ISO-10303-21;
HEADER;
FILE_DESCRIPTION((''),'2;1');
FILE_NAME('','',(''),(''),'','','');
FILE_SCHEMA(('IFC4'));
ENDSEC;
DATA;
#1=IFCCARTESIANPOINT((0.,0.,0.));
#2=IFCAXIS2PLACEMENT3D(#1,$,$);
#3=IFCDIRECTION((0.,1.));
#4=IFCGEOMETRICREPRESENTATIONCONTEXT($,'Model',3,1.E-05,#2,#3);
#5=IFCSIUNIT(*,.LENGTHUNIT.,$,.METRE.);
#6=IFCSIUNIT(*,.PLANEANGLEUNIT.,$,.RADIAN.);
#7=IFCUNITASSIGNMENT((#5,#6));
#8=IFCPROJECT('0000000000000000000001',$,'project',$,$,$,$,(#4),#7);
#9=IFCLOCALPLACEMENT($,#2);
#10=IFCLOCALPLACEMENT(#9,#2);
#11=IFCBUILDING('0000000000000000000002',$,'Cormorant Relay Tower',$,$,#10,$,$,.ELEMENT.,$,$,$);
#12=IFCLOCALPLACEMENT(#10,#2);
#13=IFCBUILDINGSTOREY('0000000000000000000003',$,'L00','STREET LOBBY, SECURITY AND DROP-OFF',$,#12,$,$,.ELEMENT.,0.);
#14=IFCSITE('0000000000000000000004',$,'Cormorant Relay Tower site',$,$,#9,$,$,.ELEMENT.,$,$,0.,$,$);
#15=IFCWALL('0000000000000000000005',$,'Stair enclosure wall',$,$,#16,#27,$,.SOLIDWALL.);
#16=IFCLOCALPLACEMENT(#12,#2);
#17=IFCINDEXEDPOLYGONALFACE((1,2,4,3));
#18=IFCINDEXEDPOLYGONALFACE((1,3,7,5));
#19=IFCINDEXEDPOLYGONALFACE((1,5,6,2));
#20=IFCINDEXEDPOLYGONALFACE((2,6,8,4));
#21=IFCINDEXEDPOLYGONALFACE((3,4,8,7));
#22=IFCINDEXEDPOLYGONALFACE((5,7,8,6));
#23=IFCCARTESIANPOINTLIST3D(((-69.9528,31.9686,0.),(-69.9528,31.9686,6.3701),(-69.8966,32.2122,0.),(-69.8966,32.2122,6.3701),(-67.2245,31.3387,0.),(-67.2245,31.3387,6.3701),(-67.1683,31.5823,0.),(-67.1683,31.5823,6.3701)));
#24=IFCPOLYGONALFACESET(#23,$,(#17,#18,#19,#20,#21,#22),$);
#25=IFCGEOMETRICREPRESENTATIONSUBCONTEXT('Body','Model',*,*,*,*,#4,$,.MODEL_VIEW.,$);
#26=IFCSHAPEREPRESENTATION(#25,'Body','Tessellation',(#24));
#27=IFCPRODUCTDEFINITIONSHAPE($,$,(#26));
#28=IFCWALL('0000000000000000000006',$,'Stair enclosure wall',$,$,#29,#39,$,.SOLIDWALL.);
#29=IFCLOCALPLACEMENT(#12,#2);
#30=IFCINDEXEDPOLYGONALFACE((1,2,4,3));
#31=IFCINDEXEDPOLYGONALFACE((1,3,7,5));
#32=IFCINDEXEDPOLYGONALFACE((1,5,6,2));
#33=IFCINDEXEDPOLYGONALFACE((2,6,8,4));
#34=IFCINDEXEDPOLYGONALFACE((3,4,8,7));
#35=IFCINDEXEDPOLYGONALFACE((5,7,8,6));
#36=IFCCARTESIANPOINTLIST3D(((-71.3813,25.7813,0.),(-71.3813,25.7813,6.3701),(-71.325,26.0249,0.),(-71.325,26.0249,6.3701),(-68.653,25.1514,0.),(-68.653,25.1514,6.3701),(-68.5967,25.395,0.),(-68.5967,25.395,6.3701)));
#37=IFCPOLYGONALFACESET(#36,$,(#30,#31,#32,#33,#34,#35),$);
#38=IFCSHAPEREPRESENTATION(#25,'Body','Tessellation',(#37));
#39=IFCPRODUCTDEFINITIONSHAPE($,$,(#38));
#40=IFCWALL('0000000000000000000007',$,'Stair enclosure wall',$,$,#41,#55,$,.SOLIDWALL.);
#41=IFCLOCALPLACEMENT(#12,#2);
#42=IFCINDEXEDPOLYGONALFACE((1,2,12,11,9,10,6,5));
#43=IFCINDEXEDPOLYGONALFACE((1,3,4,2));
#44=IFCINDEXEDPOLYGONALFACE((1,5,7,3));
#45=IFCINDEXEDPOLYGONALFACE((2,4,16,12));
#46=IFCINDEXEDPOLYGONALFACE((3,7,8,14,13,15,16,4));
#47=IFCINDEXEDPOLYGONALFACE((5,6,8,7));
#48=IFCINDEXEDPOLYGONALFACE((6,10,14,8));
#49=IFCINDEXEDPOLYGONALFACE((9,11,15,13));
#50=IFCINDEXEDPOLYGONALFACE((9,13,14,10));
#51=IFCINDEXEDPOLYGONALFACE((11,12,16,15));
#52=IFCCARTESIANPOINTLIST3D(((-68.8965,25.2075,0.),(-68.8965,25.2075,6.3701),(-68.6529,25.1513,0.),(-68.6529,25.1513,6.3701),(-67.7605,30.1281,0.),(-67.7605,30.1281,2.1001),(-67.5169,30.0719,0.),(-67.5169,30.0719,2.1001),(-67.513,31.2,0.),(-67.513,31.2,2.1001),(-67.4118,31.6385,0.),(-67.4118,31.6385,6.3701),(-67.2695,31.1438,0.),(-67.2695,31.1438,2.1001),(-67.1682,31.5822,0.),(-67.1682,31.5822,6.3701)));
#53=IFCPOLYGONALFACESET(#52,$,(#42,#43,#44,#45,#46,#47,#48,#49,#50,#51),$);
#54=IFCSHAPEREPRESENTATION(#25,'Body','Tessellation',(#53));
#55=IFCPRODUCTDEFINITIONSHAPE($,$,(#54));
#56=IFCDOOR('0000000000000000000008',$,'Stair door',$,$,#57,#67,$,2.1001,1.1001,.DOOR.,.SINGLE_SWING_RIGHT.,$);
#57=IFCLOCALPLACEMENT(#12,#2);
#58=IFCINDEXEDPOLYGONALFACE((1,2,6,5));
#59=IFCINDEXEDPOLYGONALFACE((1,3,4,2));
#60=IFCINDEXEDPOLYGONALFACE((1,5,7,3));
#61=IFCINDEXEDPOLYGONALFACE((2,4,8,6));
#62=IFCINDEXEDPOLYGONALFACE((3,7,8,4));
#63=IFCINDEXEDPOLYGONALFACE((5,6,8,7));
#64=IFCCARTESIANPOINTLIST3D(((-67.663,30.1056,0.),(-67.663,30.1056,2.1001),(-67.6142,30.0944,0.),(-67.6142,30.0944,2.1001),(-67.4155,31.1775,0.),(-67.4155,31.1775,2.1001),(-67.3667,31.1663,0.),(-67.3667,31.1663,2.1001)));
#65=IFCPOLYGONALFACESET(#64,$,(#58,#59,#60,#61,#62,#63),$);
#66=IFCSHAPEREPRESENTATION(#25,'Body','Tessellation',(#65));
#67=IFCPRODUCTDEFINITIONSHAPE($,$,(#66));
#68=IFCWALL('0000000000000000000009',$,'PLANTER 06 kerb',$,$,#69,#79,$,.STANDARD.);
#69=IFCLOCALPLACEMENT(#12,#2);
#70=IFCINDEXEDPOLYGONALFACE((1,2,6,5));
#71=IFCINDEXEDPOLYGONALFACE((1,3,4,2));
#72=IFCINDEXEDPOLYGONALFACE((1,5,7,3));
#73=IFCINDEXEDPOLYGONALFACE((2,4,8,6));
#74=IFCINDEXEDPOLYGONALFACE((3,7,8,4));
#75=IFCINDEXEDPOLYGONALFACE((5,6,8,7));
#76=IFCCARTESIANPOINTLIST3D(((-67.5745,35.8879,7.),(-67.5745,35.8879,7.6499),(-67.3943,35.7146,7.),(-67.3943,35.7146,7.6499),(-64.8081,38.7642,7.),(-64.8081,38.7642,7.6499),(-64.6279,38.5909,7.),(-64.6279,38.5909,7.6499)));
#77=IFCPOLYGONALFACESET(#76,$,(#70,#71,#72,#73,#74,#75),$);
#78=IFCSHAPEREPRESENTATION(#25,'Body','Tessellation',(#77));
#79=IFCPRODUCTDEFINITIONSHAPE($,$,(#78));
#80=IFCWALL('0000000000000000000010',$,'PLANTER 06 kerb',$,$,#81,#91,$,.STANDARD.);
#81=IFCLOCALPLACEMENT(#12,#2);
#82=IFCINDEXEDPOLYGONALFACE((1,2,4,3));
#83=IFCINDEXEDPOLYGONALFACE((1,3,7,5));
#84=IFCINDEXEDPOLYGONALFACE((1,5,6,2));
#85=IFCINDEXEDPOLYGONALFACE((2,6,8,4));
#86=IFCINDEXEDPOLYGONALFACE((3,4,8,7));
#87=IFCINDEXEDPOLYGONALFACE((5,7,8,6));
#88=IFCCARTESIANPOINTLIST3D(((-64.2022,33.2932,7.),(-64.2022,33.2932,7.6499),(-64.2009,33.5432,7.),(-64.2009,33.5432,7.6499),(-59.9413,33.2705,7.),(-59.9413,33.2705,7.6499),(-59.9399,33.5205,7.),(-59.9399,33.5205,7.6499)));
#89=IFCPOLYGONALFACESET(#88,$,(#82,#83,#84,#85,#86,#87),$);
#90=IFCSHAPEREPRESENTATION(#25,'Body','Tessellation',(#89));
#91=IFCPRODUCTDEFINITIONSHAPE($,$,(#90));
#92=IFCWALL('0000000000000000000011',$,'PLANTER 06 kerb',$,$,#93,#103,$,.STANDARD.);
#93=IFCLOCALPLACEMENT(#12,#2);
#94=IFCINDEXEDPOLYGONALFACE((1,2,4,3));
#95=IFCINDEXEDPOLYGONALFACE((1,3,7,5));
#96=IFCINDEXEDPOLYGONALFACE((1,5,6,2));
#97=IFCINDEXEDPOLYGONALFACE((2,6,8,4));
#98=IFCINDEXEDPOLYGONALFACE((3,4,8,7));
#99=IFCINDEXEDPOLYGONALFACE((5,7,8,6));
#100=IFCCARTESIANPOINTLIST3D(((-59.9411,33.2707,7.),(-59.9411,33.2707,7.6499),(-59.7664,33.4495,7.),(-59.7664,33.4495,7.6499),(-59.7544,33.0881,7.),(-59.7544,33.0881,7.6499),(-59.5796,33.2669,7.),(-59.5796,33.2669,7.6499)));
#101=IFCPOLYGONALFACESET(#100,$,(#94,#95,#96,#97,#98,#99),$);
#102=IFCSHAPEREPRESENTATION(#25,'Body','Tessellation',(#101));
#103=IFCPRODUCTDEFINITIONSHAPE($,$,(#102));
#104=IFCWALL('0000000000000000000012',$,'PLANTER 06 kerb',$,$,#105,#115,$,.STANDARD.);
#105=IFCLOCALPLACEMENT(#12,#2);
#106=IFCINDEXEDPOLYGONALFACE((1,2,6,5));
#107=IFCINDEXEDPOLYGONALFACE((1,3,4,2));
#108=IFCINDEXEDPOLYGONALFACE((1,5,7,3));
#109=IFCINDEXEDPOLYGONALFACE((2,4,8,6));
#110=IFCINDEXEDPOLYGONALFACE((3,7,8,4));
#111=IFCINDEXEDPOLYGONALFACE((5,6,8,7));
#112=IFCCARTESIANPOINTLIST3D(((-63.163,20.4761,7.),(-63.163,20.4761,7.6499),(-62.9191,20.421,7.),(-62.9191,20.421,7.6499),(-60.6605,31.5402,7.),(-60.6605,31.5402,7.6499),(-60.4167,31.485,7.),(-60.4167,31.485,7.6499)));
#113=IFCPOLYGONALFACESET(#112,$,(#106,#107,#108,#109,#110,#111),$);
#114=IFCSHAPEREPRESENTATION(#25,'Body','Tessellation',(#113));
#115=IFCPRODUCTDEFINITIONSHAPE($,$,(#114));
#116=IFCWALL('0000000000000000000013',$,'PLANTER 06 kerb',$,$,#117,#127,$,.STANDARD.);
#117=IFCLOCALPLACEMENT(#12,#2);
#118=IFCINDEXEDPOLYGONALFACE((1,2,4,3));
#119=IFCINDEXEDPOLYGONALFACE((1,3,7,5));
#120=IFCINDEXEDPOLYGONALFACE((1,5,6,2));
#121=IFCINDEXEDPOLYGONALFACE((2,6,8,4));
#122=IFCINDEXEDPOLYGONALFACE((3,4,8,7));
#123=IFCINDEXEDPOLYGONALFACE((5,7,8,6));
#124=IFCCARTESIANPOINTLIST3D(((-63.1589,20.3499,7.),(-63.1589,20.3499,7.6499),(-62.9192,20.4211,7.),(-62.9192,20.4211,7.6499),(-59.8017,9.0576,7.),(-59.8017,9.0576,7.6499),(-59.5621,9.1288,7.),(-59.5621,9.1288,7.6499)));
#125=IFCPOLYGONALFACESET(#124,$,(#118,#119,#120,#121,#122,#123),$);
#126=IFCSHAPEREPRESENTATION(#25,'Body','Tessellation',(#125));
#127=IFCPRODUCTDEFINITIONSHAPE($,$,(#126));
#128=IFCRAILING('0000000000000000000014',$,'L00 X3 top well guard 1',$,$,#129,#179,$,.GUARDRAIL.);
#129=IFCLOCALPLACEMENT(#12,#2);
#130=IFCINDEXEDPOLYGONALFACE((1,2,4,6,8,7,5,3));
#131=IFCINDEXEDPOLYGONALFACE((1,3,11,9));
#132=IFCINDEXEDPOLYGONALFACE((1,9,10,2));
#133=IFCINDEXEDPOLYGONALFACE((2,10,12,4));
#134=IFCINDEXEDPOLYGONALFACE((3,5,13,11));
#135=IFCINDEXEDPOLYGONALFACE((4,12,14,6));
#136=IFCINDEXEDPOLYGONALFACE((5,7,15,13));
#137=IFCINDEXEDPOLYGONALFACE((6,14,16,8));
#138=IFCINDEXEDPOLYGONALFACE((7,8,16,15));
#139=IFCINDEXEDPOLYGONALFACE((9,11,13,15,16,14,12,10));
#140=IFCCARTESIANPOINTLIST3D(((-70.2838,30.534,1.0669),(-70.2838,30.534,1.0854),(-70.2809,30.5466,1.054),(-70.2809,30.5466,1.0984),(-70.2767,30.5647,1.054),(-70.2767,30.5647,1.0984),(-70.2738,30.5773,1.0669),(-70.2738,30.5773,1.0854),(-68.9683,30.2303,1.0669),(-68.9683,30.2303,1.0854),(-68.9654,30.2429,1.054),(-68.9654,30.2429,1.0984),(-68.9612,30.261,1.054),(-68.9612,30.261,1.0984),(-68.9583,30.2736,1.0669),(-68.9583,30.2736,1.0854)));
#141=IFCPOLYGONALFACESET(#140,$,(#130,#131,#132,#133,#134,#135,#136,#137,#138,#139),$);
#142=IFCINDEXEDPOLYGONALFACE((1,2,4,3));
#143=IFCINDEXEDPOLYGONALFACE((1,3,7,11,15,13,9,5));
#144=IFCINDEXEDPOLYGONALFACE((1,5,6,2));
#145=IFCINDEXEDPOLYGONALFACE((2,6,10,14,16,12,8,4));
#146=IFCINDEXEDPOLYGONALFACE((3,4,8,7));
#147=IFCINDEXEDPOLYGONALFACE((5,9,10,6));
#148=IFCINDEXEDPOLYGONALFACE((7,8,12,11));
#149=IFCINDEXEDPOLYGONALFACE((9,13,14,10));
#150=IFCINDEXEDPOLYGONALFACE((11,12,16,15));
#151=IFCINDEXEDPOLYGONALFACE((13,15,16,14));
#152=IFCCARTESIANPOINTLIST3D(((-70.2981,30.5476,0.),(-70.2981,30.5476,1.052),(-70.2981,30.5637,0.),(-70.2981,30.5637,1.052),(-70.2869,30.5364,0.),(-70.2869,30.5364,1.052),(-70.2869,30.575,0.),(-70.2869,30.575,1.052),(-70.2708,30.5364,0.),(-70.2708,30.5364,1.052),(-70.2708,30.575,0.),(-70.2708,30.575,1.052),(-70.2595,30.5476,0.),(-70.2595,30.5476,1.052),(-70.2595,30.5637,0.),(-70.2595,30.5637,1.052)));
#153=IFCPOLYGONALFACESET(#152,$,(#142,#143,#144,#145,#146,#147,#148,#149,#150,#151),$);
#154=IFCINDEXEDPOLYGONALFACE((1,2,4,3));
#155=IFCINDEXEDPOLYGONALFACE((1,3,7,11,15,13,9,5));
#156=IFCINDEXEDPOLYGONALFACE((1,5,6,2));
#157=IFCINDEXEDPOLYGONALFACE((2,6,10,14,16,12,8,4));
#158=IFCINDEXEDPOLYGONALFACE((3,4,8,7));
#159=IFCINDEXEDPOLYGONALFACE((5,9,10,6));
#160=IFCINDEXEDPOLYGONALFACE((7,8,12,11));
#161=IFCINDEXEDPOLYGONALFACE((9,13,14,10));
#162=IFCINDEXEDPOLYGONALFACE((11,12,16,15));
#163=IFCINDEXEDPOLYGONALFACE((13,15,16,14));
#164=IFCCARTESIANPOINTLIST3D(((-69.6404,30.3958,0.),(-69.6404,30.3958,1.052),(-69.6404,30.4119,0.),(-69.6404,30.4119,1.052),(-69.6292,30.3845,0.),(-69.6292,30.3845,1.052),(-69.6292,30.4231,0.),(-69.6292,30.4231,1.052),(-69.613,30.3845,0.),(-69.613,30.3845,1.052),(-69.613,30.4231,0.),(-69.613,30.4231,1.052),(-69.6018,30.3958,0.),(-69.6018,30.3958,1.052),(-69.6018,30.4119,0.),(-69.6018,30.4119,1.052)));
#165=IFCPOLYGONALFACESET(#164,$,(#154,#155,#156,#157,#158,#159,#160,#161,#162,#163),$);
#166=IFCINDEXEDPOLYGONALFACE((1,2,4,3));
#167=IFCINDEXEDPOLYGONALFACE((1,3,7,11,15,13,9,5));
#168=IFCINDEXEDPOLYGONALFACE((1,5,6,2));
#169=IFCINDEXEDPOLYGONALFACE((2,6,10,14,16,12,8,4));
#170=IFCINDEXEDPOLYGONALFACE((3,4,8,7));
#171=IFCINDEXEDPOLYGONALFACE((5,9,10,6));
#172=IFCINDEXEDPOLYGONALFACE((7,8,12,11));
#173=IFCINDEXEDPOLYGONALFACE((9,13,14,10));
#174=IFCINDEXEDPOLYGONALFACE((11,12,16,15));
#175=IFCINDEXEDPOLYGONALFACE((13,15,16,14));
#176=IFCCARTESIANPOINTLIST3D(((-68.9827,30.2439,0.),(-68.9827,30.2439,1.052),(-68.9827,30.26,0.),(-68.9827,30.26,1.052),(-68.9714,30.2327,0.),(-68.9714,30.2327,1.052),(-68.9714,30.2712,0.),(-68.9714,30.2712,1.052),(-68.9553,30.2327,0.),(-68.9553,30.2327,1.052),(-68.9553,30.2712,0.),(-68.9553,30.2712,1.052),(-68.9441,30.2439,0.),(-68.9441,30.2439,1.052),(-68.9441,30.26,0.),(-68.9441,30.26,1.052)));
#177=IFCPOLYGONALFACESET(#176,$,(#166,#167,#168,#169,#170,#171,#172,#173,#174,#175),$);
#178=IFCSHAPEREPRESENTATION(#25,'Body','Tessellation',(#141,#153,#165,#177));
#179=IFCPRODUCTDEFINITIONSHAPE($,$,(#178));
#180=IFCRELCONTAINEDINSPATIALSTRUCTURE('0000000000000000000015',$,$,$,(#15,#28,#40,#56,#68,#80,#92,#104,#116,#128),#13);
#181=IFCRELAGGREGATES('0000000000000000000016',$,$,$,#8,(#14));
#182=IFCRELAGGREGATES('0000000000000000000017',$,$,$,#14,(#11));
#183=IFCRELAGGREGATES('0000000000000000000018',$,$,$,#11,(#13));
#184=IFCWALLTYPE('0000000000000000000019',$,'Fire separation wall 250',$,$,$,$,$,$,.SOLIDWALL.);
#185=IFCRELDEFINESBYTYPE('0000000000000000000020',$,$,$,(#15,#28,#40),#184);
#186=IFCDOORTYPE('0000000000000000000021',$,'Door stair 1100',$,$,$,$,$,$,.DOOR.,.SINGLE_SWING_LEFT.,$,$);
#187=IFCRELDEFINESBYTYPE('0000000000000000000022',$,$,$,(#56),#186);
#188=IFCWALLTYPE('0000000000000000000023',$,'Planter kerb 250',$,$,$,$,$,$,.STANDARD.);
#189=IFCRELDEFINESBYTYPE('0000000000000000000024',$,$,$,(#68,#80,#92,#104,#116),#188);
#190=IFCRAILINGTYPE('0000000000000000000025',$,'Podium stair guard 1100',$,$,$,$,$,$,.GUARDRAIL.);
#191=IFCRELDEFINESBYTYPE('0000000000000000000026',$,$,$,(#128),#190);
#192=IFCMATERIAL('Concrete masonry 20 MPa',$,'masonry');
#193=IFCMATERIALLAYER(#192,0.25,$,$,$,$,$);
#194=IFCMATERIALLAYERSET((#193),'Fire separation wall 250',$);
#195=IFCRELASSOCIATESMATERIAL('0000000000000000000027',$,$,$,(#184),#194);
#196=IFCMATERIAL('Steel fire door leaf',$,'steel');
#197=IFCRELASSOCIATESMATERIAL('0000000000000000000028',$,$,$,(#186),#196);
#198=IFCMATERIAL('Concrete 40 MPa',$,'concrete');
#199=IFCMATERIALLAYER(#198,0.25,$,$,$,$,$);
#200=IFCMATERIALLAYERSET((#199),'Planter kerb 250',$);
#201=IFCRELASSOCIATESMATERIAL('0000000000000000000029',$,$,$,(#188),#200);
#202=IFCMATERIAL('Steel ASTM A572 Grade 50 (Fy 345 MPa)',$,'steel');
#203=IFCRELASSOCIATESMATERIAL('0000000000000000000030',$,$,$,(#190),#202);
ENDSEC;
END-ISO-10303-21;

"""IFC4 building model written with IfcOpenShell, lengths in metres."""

from ifc_helpers import new_model, si_unit, direction, frame, frame_2d, origin, place, context, subcontext, project, spatial, polyline, rectangle, outline, extrude, material, layer, layer_set, type_object, element, fill, save


model = new_model("IFC4")

# Units and contexts
model_context = context("Model", 3, precision=1e-05, world=origin(), true_north=direction((0.0, 1.0)))
body_context = subcontext(model_context, "Body", "Model", "MODEL_VIEW")
ifc_project = project(units=[si_unit("LENGTHUNIT", "METRE"), si_unit("PLANEANGLEUNIT", "RADIAN")], contexts=[model_context])

# Site, building, storey
site_placement = place(None, origin())
site = spatial("IfcSite", under=ifc_project, at=site_placement, Name="Cormorant Relay Tower site", CompositionType="ELEMENT", RefElevation=0.0)
building_placement = place(site_placement, origin())
building = spatial("IfcBuilding", under=site, at=building_placement, Name="Cormorant Relay Tower", CompositionType="ELEMENT")
storey_placement = place(building_placement, origin())
storey = spatial("IfcBuildingStorey", under=building, at=storey_placement, Name="L00", Description="STREET LOBBY, SECURITY AND DROP-OFF", CompositionType="ELEMENT", Elevation=0.0)

# Shared definitions
ifc_material_1 = material(Name="Concrete masonry 20 MPa", Category="masonry")
ifc_layer_1 = layer(ifc_material_1, 0.25)
ifc_layer_set_1 = layer_set([ifc_layer_1], Name="Fire separation wall 250")
wall_type_1 = type_object("IfcWallType", Name="Fire separation wall 250", PredefinedType="SOLIDWALL", material=ifc_layer_set_1)

# Walls
for number, where, z_axis, x_axis, name in (
    (1, (-69.9246, 32.0903, 0.0), (0.0, 0.0, 1.0), (0.974369, -0.224955, 0.0), "Stair enclosure wall"),
    (2, (-71.353, 25.9031, 0.0), (0.0, 0.0, 1.0), (0.974369, -0.224955, 0.0), "Stair enclosure wall"),
):
    element("IfcWall", number, at=place(storey_placement, frame(where, z_axis=z_axis, x_axis=x_axis)), inside=storey, type_object=wall_type_1, Name=name, PredefinedType="SOLIDWALL", context=body_context, shape_type="SweptSolid", body=[
        extrude(rectangle(XDim=2.8, YDim=0.25, at=frame_2d((1.3999, 0.0))), origin(), (0.0, 0.0, 1.0), 6.3701),
    ])

# Wall, opening, door
wall_1_placement = place(storey_placement, frame((-67.29, 31.6104, 0.0), z_axis=(0.0, 0.0, 1.0), x_axis=(-0.224941, -0.974372, 0.0)))
wall_1 = element("IfcWall", 3, at=wall_1_placement, inside=storey, type_object=wall_type_1, Name="Stair enclosure wall", PredefinedType="SOLIDWALL", context=body_context, shape_type="SweptSolid", body=[
    extrude(rectangle(XDim=6.6001, YDim=0.25, at=frame_2d((3.3, 0.0))), origin(), (0.0, 0.0, 1.0), 6.3701),
])
opening_1_placement = place(wall_1_placement, frame((0.45, 0.0, 0.0)))
opening_1 = element("IfcOpeningElement", 4, at=opening_1_placement, cuts=wall_1, PredefinedType="OPENING", context=body_context, shape_type="SweptSolid", body=[
    extrude(rectangle(XDim=1.1001, YDim=2.1001, at=frame_2d((0.55, 1.05))), frame((0.0, 0.135, 0.0), z_axis=(0.0, -1.0, 0.0), x_axis=(1.0, 0.0, 0.0)), (0.0, 0.0, 1.0), 0.27),
])
ifc_material_2 = material(Name="Steel fire door leaf", Category="steel")
door_type_1 = type_object("IfcDoorType", Name="Door stair 1100", OperationType="SINGLE_SWING_LEFT", PredefinedType="DOOR", material=ifc_material_2)
door_1_placement = place(opening_1_placement, frame((1.1001, 0.0, 0.0), z_axis=(0.0, 0.0, 1.0), x_axis=(-1.0, 0.0, 0.0)))
door_1 = element("IfcDoor", 5, at=door_1_placement, inside=storey, type_object=door_type_1, Name="Stair door", OperationType="SINGLE_SWING_RIGHT", OverallHeight=2.1001, OverallWidth=1.1001, PredefinedType="DOOR", context=body_context, shape_type="SweptSolid", body=[
    extrude(rectangle(XDim=1.1001, YDim=2.1001, at=frame_2d((0.55, 1.05))), frame((0.0, 0.0249, 0.0), z_axis=(0.0, -1.0, 0.0), x_axis=(1.0, 0.0, 0.0)), (0.0, 0.0, 1.0), 0.05),
])
fill(opening_1, door_1)

# Walls
ifc_material_3 = material(Name="Concrete 40 MPa", Category="concrete")
ifc_layer_2 = layer(ifc_material_3, 0.25)
ifc_layer_set_2 = layer_set([ifc_layer_2], Name="Planter kerb 250")
wall_type_2 = type_object("IfcWallType", Name="Planter kerb 250", PredefinedType="STANDARD", material=ifc_layer_set_2)
wall_2_placement = place(storey_placement, frame((-67.4844, 35.8013, 7.0), z_axis=(0.0, 0.0, 1.0), x_axis=(0.693208, 0.720738, 0.0)))
element("IfcWall", 6, at=wall_2_placement, inside=storey, type_object=wall_type_2, Name="PLANTER 06 kerb", PredefinedType="STANDARD", context=body_context, shape_type="SweptSolid", body=[
    extrude(rectangle(XDim=3.9907, YDim=0.25, at=frame_2d((1.9954, 0.0))), origin(), (0.0, 0.0, 1.0), 0.6499),
])
wall_3_placement = place(storey_placement, frame((-64.2014, 33.4182, 7.0), z_axis=(0.0, 0.0, 1.0), x_axis=(0.999986, -0.005329, 0.0)))
element("IfcWall", 7, at=wall_3_placement, inside=storey, type_object=wall_type_2, Name="PLANTER 06 kerb", PredefinedType="STANDARD", context=body_context, shape_type="SweptSolid", body=[
    extrude(rectangle(XDim=4.261, YDim=0.25, at=frame_2d((2.1304, 0.0))), origin(), (0.0, 0.0, 1.0), 0.6499),
])
wall_4_placement = place(storey_placement, frame((-59.8538, 33.3601, 7.0), z_axis=(0.0, 0.0, 1.0), x_axis=(0.715007, -0.699118, 0.0)))
element("IfcWall", 8, at=wall_4_placement, inside=storey, type_object=wall_type_2, Name="PLANTER 06 kerb", PredefinedType="STANDARD", context=body_context, shape_type="SweptSolid", body=[
    extrude(rectangle(XDim=0.2612, YDim=0.25, at=frame_2d((0.1306, 0.0))), origin(), (0.0, 0.0, 1.0), 0.6499),
])
wall_5_placement = place(storey_placement, frame((-60.5386, 31.5127, 7.0), z_axis=(0.0, 0.0, 1.0), x_axis=(-0.220607, -0.975363, 0.0)))
element("IfcWall", 9, at=wall_5_placement, inside=storey, type_object=wall_type_2, Name="PLANTER 06 kerb", PredefinedType="STANDARD", context=body_context, shape_type="SweptSolid", body=[
    extrude(rectangle(XDim=11.3435, YDim=0.25, at=frame_2d((5.6719, 0.0))), origin(), (0.0, 0.0, 1.0), 0.6499),
])
wall_6_placement = place(storey_placement, frame((-63.0391, 20.3855, 7.0), z_axis=(0.0, 0.0, 1.0), x_axis=(0.284972, -0.958536, 0.0)))
element("IfcWall", 10, at=wall_6_placement, inside=storey, type_object=wall_type_2, Name="PLANTER 06 kerb", PredefinedType="STANDARD", context=body_context, shape_type="SweptSolid", body=[
    extrude(rectangle(XDim=11.7808, YDim=0.25, at=frame_2d((5.8904, 0.0))), origin(), (0.0, 0.0, 1.0), 0.6499),
])

# Railing
ifc_material_4 = material(Name="Steel ASTM A572 Grade 50 (Fy 345 MPa)", Category="steel")
railing_type = type_object("IfcRailingType", Name="Podium stair guard 1100", PredefinedType="GUARDRAIL", material=ifc_material_4)
railing_placement = place(storey_placement, frame((-70.2788, 30.5557, 0.0)))
element("IfcRailing", 11, at=railing_placement, inside=storey, type_object=railing_type, Name="L00 X3 top well guard 1", PredefinedType="GUARDRAIL", context=body_context, shape_type="SweptSolid", body=[
    extrude(outline(polyline([(0.0222, 0.0093), (0.0093, 0.0222), (-0.0093, 0.0222), (-0.0222, 0.0093), (-0.0222, -0.0093), (-0.0093, -0.0222), (0.0093, -0.0222), (0.0222, -0.0093), (0.0222, 0.0093)])), frame((0.0, 0.0, 1.0762), z_axis=(0.974367, -0.224965, 0.0), x_axis=(0.224965, 0.974367, 0.0)), (0.0, 0.0, 1.0), 1.3501),
    extrude(outline(polyline([(0.0193, 0.0081), (0.0081, 0.0193), (-0.0081, 0.0193), (-0.0193, 0.0081), (-0.0193, -0.0081), (-0.0081, -0.0193), (0.0081, -0.0193), (0.0193, -0.0081), (0.0193, 0.0081)])), origin(), (0.0, 0.0, 1.0), 1.052),
    extrude(outline(polyline([(0.0193, 0.0081), (0.0081, 0.0193), (-0.0081, 0.0193), (-0.0193, 0.0081), (-0.0193, -0.0081), (-0.0081, -0.0193), (0.0081, -0.0193), (0.0193, -0.0081), (0.0193, 0.0081)])), frame((0.6577, -0.1519, 0.0)), (0.0, 0.0, 1.0), 1.052),
    extrude(outline(polyline([(0.0193, 0.0081), (0.0081, 0.0193), (-0.0081, 0.0193), (-0.0193, 0.0081), (-0.0193, -0.0081), (-0.0081, -0.0193), (0.0081, -0.0193), (0.0193, -0.0081), (0.0193, 0.0081)])), frame((1.3154, -0.3037, 0.0)), (0.0, 0.0, 1.0), 1.052),
])

save(model, "model.ifc")
